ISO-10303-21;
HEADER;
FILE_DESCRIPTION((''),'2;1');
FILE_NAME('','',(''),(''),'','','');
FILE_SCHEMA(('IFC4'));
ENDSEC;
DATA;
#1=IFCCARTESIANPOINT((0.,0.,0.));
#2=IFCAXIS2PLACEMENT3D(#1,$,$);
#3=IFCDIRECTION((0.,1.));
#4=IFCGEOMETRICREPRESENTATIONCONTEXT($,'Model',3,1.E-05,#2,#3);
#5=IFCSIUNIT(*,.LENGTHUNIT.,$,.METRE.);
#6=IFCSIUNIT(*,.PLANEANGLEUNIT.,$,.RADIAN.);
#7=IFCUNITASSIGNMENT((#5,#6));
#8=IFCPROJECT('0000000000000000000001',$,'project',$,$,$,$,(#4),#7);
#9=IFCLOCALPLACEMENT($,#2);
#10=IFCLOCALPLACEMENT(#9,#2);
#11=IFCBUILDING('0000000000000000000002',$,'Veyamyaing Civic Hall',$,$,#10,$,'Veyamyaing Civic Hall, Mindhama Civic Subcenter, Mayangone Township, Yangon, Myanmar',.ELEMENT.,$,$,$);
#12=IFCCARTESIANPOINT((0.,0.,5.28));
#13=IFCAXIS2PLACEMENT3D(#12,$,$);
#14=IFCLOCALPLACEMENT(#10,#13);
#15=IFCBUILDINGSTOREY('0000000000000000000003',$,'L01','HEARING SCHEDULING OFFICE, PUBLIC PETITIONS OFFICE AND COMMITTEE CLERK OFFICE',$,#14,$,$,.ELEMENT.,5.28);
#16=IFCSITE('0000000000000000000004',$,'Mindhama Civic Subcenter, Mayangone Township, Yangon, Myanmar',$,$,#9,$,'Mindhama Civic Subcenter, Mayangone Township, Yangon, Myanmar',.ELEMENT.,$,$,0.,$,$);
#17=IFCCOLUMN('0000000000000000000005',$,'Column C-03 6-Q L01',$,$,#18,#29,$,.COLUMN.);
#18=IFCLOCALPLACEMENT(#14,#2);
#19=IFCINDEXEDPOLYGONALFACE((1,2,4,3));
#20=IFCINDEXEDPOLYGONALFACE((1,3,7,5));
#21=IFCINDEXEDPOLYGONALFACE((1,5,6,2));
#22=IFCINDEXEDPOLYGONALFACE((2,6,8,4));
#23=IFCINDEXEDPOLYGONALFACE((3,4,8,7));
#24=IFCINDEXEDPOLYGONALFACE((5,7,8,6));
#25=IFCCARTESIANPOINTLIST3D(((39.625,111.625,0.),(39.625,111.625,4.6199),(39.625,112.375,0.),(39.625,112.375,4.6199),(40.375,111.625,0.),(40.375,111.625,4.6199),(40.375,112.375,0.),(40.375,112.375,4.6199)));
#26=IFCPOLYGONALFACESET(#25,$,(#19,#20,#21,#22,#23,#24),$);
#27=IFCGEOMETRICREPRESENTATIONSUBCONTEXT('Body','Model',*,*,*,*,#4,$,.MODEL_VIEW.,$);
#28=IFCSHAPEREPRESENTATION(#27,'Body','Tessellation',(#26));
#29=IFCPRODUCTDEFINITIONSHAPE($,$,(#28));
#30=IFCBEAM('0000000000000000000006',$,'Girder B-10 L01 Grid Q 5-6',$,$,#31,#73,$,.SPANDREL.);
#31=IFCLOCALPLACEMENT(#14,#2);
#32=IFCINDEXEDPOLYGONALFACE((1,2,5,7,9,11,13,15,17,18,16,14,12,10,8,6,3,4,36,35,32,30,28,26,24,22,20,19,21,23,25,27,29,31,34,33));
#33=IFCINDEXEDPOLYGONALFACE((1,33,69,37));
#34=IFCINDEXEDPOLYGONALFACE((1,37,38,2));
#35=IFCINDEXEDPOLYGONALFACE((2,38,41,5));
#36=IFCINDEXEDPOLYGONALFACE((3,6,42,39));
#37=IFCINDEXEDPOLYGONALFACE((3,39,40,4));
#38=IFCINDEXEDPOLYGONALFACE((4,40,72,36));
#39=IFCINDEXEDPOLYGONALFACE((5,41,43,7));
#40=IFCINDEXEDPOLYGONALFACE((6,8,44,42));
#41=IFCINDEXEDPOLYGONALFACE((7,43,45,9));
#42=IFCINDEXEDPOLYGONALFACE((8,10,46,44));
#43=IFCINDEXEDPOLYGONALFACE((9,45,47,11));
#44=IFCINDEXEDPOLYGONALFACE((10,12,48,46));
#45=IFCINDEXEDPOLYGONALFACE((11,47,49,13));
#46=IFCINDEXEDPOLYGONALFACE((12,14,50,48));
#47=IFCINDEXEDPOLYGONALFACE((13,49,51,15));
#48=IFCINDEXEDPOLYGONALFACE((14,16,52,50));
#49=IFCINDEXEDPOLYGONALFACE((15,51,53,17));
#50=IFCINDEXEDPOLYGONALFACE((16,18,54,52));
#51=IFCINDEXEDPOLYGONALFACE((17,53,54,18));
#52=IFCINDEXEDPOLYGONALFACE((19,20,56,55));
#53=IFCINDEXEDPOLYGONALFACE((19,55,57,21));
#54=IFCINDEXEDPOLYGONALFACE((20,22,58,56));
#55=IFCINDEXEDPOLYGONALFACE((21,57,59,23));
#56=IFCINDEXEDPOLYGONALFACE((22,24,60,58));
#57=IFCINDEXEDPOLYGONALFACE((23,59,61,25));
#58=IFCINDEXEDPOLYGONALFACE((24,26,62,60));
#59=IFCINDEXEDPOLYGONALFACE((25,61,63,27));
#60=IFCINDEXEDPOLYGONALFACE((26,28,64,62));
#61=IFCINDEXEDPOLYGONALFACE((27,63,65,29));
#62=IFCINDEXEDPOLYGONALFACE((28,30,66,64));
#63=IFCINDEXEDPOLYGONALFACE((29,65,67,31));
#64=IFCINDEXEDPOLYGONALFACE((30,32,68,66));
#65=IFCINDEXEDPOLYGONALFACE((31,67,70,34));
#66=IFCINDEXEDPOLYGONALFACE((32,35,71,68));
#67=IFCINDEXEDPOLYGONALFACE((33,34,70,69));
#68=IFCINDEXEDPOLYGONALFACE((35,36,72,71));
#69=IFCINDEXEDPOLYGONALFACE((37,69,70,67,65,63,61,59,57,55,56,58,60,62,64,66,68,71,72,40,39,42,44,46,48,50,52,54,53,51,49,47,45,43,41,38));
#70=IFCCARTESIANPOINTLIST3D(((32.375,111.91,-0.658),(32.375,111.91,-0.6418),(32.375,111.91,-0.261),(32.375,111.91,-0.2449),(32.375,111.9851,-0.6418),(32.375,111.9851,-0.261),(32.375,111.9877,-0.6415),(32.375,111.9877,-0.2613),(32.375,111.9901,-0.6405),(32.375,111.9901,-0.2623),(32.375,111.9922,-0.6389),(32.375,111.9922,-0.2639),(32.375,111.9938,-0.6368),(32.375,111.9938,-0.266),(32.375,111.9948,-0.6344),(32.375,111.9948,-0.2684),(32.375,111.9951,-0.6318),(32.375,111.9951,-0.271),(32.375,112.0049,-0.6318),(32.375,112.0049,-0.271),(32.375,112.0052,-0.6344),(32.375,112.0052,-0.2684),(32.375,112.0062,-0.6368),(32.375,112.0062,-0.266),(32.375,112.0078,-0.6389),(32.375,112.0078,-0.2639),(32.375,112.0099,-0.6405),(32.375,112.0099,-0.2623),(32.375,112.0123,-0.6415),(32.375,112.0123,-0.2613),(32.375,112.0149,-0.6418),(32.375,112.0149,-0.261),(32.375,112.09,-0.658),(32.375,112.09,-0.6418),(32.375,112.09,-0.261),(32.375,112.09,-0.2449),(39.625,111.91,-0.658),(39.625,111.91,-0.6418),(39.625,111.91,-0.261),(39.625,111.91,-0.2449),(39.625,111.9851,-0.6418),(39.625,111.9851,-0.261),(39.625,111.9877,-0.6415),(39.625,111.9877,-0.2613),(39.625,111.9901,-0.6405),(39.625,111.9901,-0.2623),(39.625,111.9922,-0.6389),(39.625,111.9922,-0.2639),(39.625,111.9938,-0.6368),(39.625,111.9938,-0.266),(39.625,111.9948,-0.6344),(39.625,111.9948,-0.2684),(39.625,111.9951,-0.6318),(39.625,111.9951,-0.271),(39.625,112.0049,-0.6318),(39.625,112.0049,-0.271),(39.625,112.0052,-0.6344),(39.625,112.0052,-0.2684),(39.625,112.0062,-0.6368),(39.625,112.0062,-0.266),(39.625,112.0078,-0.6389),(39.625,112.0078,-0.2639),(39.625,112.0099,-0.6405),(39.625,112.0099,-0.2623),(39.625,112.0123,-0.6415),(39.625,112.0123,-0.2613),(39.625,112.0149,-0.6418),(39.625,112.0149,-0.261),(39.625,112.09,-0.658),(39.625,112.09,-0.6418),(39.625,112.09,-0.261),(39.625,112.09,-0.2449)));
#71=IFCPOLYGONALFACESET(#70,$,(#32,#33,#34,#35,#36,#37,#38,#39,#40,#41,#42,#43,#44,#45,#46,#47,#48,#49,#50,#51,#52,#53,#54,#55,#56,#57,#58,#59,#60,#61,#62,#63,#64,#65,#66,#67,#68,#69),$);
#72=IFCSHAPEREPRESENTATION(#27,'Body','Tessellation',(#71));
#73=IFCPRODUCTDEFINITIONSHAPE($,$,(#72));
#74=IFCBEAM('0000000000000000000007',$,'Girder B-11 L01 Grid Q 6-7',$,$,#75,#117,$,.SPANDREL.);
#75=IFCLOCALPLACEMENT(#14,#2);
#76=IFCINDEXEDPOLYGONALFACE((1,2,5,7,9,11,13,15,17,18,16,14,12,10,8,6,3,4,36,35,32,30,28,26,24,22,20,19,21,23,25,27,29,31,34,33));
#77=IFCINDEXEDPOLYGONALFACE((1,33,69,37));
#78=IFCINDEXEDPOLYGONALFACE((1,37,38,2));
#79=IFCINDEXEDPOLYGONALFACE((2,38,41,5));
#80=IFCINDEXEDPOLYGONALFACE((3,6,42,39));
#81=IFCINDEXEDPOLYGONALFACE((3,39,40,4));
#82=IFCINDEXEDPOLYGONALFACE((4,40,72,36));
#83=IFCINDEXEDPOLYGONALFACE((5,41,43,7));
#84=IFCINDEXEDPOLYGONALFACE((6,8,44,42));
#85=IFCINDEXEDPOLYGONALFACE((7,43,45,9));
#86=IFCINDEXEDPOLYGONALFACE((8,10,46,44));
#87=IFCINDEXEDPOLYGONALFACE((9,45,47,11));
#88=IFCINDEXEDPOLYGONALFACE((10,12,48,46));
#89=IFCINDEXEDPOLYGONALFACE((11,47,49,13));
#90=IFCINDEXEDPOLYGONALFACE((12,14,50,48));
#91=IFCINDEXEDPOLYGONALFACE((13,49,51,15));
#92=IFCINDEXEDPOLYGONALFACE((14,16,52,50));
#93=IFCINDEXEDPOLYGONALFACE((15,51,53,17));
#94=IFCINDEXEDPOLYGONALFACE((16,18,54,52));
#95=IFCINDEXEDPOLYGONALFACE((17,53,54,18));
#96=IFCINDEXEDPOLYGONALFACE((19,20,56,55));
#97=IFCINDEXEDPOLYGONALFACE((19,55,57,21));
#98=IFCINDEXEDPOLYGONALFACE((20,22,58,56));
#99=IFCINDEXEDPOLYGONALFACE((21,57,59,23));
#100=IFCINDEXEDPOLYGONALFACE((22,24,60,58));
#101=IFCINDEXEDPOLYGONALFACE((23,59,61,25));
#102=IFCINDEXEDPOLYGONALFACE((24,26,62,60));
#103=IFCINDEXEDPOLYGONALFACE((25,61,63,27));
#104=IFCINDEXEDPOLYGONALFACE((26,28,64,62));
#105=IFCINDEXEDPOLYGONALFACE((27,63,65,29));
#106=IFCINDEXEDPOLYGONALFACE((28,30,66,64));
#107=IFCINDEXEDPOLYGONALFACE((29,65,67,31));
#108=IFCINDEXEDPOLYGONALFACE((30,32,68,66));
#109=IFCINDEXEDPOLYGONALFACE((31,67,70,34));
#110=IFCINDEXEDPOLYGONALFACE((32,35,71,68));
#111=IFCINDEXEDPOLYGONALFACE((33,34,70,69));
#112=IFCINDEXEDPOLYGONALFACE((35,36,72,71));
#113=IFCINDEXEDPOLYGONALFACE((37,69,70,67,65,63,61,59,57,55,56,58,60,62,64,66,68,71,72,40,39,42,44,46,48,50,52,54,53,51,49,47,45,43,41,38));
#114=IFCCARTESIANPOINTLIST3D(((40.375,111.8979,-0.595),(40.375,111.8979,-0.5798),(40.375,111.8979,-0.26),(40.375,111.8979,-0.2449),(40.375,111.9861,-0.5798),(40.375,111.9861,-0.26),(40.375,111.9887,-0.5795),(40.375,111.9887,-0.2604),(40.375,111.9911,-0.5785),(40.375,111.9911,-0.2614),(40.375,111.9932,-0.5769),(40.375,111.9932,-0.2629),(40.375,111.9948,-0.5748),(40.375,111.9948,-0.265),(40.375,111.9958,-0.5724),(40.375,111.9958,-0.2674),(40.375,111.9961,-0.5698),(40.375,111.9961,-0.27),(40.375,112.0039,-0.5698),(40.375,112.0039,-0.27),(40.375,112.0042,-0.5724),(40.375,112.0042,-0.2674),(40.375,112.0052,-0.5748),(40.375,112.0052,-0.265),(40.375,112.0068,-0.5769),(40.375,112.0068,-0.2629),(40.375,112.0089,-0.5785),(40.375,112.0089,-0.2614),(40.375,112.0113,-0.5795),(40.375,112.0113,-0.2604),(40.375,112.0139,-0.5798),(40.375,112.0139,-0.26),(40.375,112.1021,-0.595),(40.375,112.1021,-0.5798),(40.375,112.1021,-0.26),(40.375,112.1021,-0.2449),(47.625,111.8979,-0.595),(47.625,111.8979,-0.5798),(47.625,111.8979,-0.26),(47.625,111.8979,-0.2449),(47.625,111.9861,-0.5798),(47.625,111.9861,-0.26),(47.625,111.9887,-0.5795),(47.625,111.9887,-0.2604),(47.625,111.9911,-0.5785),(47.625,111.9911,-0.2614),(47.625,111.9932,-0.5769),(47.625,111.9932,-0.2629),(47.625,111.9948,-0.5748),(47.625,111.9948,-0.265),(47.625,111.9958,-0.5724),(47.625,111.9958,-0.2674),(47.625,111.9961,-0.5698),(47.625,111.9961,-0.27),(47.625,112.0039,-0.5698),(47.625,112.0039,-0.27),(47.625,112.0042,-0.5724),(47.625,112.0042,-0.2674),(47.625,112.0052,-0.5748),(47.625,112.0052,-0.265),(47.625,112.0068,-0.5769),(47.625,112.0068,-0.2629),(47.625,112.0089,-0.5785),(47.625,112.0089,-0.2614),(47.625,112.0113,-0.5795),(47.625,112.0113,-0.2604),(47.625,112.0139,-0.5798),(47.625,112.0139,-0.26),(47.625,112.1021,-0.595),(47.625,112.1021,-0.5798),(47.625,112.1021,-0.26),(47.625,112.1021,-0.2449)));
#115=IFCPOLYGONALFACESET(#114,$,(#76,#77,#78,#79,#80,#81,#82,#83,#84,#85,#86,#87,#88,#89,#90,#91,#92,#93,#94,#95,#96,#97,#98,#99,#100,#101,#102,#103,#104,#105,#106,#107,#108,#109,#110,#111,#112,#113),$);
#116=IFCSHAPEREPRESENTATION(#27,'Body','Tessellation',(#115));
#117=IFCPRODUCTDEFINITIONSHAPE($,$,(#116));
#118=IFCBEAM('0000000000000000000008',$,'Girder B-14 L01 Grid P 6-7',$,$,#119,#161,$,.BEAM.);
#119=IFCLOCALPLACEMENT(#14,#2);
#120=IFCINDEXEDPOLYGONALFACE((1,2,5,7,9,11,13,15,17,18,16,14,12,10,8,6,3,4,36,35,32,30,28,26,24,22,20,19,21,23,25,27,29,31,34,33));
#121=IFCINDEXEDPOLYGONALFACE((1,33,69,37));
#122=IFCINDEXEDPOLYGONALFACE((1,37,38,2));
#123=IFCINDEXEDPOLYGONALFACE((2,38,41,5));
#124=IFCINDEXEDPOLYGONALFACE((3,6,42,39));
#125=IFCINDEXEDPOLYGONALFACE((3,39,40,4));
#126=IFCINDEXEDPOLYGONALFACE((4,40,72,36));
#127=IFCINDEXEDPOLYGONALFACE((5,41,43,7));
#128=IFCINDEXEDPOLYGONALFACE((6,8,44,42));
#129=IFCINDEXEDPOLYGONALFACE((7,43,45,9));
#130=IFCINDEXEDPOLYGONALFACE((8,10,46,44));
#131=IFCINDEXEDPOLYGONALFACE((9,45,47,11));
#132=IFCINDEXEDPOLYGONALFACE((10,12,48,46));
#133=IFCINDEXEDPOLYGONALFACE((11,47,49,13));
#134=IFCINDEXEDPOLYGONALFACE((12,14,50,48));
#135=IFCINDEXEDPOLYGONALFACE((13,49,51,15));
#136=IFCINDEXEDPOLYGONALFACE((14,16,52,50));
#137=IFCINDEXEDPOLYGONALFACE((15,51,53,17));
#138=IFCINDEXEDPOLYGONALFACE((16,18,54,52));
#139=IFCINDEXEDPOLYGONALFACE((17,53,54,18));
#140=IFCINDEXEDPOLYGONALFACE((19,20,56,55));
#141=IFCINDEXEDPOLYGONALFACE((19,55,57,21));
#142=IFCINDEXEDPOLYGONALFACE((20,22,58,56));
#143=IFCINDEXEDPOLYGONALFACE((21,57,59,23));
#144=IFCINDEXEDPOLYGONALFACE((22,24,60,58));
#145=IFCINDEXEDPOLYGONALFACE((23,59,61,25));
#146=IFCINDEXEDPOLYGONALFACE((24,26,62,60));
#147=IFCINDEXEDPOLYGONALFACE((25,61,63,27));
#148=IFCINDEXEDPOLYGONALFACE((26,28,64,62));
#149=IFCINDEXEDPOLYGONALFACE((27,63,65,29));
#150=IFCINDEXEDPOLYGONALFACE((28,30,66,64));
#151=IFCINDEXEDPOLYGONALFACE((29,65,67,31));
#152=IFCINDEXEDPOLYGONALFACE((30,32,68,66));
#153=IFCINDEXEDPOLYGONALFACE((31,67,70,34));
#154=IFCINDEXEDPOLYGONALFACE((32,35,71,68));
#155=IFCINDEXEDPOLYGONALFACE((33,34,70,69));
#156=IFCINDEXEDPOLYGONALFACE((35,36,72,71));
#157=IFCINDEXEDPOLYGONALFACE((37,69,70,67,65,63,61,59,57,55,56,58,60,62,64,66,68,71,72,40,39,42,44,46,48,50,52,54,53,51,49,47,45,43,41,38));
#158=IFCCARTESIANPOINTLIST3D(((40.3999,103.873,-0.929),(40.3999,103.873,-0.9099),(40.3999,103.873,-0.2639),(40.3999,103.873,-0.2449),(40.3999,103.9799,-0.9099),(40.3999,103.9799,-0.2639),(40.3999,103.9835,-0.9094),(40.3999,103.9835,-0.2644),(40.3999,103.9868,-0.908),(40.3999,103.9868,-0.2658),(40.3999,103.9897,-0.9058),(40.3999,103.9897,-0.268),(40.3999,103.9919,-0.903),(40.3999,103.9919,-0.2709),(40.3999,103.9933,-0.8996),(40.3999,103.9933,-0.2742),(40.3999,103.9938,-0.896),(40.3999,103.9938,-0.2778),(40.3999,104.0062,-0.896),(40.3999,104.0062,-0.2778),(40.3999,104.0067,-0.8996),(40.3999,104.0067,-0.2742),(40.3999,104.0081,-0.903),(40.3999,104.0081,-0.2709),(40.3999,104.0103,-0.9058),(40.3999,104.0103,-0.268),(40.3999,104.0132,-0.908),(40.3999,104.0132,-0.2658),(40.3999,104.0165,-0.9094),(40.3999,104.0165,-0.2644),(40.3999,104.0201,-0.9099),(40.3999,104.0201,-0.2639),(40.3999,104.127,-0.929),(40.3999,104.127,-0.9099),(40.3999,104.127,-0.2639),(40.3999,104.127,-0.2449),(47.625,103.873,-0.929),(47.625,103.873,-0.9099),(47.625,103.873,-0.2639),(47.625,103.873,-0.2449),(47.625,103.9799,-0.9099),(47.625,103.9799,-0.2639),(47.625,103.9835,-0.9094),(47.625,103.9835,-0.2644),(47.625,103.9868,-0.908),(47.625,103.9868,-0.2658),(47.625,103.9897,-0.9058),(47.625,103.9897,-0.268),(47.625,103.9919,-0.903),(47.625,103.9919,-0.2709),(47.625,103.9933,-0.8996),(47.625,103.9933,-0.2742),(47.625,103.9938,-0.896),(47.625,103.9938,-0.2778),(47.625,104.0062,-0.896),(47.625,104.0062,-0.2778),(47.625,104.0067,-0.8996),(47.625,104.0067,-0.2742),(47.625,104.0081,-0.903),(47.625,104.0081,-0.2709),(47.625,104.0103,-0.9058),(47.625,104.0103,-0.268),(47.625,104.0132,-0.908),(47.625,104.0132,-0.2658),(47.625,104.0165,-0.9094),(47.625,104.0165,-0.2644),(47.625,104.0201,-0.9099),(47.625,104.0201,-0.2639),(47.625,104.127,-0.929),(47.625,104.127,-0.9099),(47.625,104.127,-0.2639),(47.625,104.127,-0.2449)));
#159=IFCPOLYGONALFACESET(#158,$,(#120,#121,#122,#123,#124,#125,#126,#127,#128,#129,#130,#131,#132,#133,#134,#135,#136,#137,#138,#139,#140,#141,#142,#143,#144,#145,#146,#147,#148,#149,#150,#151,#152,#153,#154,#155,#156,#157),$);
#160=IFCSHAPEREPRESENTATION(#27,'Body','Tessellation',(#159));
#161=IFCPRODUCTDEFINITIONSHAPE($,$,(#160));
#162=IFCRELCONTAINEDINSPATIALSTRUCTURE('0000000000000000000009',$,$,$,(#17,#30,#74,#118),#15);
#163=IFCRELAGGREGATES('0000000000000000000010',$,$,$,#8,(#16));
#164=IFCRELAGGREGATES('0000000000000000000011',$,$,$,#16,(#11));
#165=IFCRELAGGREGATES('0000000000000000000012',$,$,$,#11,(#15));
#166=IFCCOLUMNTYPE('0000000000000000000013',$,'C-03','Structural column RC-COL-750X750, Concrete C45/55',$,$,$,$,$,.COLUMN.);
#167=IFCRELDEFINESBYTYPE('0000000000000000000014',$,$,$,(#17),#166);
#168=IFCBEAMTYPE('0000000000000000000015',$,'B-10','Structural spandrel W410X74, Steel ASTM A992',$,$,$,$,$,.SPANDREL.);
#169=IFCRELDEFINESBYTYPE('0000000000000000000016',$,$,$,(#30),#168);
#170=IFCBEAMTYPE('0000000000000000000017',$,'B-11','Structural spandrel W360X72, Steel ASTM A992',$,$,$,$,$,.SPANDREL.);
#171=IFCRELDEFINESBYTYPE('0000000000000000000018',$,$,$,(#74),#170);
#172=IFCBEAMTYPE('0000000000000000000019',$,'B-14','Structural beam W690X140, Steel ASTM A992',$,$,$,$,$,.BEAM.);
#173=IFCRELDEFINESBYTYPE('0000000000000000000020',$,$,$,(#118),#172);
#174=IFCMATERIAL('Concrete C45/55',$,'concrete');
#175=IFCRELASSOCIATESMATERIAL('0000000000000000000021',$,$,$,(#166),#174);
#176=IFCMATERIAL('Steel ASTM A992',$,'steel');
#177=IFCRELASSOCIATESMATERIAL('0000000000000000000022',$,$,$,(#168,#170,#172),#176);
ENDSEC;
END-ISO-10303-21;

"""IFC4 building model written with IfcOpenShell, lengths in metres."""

from ifc_helpers import new_model, si_unit, direction, frame, origin, origin_2d, place, context, subcontext, project, spatial, rectangle, i_section, extrude, material, material_profile, profile_set, type_object, element, save


model = new_model("IFC4")

# Units and contexts
model_context = context("Model", 3, precision=1e-05, world=origin(), true_north=direction((0.0, 1.0)))
body_context = subcontext(model_context, "Body", "Model", "MODEL_VIEW")
ifc_project = project(units=[si_unit("LENGTHUNIT", "METRE"), si_unit("PLANEANGLEUNIT", "RADIAN")], contexts=[model_context])

# Site, building, storey
site_placement = place(None, origin())
site = spatial("IfcSite", under=ifc_project, at=site_placement, Name="Mindhama Civic Subcenter, Mayangone Township, Yangon, Myanmar", LongName="Mindhama Civic Subcenter, Mayangone Township, Yangon, Myanmar", CompositionType="ELEMENT", RefElevation=0.0)
building_placement = place(site_placement, origin())
building = spatial("IfcBuilding", under=site, at=building_placement, Name="Veyamyaing Civic Hall", LongName="Veyamyaing Civic Hall, Mindhama Civic Subcenter, Mayangone Township, Yangon, Myanmar", CompositionType="ELEMENT")
storey_placement = place(building_placement, frame((0.0, 0.0, 5.28)))
storey = spatial("IfcBuildingStorey", under=building, at=storey_placement, Name="L01", Description="HEARING SCHEDULING OFFICE, PUBLIC PETITIONS OFFICE AND COMMITTEE CLERK OFFICE", CompositionType="ELEMENT", Elevation=5.28)

# Column
ifc_material_1 = material(Name="Concrete C45/55", Category="concrete")
ifc_material_profile_1 = material_profile(ifc_material_1, rectangle(XDim=0.75, YDim=0.75, at=origin_2d()), Name="RC-COL-750X750")
ifc_profile_set_1 = profile_set([ifc_material_profile_1], Name="Concrete C45/55")
column_type = type_object("IfcColumnType", Name="C-03", Description="Structural column RC-COL-750X750, Concrete C45/55", PredefinedType="COLUMN", material=ifc_profile_set_1)
column_placement = place(storey_placement, frame((40.0, 112.0, 0.0), z_axis=(0.0, 0.0, 1.0), x_axis=(1.0, 0.0, 0.0)))
element("IfcColumn", 1, at=column_placement, inside=storey, type_object=column_type, Name="Column C-03 6-Q L01", PredefinedType="COLUMN", context=body_context, shape_type="SweptSolid", body=[
    extrude(rectangle(XDim=0.75, YDim=0.75, at=origin_2d()), origin(), (0.0, 0.0, 1.0), 4.6199),
])

# Beams
ifc_material_2 = material(Name="Steel ASTM A992", Category="steel")
ifc_material_profile_2 = material_profile(ifc_material_2, i_section(OverallWidth=0.1799, OverallDepth=0.4131, WebThickness=0.0098, FlangeThickness=0.0161, FilletRadius=0.01, at=origin_2d()), Name="W410X74")
ifc_profile_set_2 = profile_set([ifc_material_profile_2], Name="Steel ASTM A992")
beam_type_1 = type_object("IfcBeamType", Name="B-10", Description="Structural spandrel W410X74, Steel ASTM A992", PredefinedType="SPANDREL", material=ifc_profile_set_2)
beam_1_placement = place(storey_placement, frame((32.375, 112.0, -0.4514), z_axis=(1.0, 0.0, 0.0), x_axis=(0.0, 1.0, 0.0)))
element("IfcBeam", 2, at=beam_1_placement, inside=storey, type_object=beam_type_1, Name="Girder B-10 L01 Grid Q 5-6", PredefinedType="SPANDREL", context=body_context, shape_type="SweptSolid", body=[
    extrude(i_section(OverallWidth=0.1799, OverallDepth=0.4131, WebThickness=0.0098, FlangeThickness=0.0161, FilletRadius=0.01, at=origin_2d()), origin(), (0.0, 0.0, 1.0), 7.25),
])
ifc_material_profile_3 = material_profile(ifc_material_2, i_section(OverallWidth=0.2041, OverallDepth=0.3501, WebThickness=0.0078, FlangeThickness=0.0151, FilletRadius=0.01, at=origin_2d()), Name="W360X72")
ifc_profile_set_3 = profile_set([ifc_material_profile_3], Name="Steel ASTM A992")
beam_type_2 = type_object("IfcBeamType", Name="B-11", Description="Structural spandrel W360X72, Steel ASTM A992", PredefinedType="SPANDREL", material=ifc_profile_set_3)
beam_2_placement = place(storey_placement, frame((40.375, 112.0, -0.4199), z_axis=(1.0, 0.0, 0.0), x_axis=(0.0, 1.0, 0.0)))
element("IfcBeam", 3, at=beam_2_placement, inside=storey, type_object=beam_type_2, Name="Girder B-11 L01 Grid Q 6-7", PredefinedType="SPANDREL", context=body_context, shape_type="SweptSolid", body=[
    extrude(i_section(OverallWidth=0.2041, OverallDepth=0.3501, WebThickness=0.0078, FlangeThickness=0.0151, FilletRadius=0.01, at=origin_2d()), origin(), (0.0, 0.0, 1.0), 7.25),
])
ifc_material_profile_4 = material_profile(ifc_material_2, i_section(OverallWidth=0.2539, OverallDepth=0.6841, WebThickness=0.0125, FlangeThickness=0.019, FilletRadius=0.0139, at=origin_2d()), Name="W690X140")
ifc_profile_set_4 = profile_set([ifc_material_profile_4], Name="Steel ASTM A992")
beam_type_3 = type_object("IfcBeamType", Name="B-14", Description="Structural beam W690X140, Steel ASTM A992", PredefinedType="BEAM", material=ifc_profile_set_4)
beam_3_placement = place(storey_placement, frame((40.3999, 104.0, -0.5869), z_axis=(1.0, 0.0, 0.0), x_axis=(0.0, 1.0, 0.0)))
element("IfcBeam", 4, at=beam_3_placement, inside=storey, type_object=beam_type_3, Name="Girder B-14 L01 Grid P 6-7", PredefinedType="BEAM", context=body_context, shape_type="SweptSolid", body=[
    extrude(i_section(OverallWidth=0.2539, OverallDepth=0.6841, WebThickness=0.0125, FlangeThickness=0.019, FilletRadius=0.0139, at=origin_2d()), origin(), (0.0, 0.0, 1.0), 7.2251),
])

save(model, "model.ifc")
